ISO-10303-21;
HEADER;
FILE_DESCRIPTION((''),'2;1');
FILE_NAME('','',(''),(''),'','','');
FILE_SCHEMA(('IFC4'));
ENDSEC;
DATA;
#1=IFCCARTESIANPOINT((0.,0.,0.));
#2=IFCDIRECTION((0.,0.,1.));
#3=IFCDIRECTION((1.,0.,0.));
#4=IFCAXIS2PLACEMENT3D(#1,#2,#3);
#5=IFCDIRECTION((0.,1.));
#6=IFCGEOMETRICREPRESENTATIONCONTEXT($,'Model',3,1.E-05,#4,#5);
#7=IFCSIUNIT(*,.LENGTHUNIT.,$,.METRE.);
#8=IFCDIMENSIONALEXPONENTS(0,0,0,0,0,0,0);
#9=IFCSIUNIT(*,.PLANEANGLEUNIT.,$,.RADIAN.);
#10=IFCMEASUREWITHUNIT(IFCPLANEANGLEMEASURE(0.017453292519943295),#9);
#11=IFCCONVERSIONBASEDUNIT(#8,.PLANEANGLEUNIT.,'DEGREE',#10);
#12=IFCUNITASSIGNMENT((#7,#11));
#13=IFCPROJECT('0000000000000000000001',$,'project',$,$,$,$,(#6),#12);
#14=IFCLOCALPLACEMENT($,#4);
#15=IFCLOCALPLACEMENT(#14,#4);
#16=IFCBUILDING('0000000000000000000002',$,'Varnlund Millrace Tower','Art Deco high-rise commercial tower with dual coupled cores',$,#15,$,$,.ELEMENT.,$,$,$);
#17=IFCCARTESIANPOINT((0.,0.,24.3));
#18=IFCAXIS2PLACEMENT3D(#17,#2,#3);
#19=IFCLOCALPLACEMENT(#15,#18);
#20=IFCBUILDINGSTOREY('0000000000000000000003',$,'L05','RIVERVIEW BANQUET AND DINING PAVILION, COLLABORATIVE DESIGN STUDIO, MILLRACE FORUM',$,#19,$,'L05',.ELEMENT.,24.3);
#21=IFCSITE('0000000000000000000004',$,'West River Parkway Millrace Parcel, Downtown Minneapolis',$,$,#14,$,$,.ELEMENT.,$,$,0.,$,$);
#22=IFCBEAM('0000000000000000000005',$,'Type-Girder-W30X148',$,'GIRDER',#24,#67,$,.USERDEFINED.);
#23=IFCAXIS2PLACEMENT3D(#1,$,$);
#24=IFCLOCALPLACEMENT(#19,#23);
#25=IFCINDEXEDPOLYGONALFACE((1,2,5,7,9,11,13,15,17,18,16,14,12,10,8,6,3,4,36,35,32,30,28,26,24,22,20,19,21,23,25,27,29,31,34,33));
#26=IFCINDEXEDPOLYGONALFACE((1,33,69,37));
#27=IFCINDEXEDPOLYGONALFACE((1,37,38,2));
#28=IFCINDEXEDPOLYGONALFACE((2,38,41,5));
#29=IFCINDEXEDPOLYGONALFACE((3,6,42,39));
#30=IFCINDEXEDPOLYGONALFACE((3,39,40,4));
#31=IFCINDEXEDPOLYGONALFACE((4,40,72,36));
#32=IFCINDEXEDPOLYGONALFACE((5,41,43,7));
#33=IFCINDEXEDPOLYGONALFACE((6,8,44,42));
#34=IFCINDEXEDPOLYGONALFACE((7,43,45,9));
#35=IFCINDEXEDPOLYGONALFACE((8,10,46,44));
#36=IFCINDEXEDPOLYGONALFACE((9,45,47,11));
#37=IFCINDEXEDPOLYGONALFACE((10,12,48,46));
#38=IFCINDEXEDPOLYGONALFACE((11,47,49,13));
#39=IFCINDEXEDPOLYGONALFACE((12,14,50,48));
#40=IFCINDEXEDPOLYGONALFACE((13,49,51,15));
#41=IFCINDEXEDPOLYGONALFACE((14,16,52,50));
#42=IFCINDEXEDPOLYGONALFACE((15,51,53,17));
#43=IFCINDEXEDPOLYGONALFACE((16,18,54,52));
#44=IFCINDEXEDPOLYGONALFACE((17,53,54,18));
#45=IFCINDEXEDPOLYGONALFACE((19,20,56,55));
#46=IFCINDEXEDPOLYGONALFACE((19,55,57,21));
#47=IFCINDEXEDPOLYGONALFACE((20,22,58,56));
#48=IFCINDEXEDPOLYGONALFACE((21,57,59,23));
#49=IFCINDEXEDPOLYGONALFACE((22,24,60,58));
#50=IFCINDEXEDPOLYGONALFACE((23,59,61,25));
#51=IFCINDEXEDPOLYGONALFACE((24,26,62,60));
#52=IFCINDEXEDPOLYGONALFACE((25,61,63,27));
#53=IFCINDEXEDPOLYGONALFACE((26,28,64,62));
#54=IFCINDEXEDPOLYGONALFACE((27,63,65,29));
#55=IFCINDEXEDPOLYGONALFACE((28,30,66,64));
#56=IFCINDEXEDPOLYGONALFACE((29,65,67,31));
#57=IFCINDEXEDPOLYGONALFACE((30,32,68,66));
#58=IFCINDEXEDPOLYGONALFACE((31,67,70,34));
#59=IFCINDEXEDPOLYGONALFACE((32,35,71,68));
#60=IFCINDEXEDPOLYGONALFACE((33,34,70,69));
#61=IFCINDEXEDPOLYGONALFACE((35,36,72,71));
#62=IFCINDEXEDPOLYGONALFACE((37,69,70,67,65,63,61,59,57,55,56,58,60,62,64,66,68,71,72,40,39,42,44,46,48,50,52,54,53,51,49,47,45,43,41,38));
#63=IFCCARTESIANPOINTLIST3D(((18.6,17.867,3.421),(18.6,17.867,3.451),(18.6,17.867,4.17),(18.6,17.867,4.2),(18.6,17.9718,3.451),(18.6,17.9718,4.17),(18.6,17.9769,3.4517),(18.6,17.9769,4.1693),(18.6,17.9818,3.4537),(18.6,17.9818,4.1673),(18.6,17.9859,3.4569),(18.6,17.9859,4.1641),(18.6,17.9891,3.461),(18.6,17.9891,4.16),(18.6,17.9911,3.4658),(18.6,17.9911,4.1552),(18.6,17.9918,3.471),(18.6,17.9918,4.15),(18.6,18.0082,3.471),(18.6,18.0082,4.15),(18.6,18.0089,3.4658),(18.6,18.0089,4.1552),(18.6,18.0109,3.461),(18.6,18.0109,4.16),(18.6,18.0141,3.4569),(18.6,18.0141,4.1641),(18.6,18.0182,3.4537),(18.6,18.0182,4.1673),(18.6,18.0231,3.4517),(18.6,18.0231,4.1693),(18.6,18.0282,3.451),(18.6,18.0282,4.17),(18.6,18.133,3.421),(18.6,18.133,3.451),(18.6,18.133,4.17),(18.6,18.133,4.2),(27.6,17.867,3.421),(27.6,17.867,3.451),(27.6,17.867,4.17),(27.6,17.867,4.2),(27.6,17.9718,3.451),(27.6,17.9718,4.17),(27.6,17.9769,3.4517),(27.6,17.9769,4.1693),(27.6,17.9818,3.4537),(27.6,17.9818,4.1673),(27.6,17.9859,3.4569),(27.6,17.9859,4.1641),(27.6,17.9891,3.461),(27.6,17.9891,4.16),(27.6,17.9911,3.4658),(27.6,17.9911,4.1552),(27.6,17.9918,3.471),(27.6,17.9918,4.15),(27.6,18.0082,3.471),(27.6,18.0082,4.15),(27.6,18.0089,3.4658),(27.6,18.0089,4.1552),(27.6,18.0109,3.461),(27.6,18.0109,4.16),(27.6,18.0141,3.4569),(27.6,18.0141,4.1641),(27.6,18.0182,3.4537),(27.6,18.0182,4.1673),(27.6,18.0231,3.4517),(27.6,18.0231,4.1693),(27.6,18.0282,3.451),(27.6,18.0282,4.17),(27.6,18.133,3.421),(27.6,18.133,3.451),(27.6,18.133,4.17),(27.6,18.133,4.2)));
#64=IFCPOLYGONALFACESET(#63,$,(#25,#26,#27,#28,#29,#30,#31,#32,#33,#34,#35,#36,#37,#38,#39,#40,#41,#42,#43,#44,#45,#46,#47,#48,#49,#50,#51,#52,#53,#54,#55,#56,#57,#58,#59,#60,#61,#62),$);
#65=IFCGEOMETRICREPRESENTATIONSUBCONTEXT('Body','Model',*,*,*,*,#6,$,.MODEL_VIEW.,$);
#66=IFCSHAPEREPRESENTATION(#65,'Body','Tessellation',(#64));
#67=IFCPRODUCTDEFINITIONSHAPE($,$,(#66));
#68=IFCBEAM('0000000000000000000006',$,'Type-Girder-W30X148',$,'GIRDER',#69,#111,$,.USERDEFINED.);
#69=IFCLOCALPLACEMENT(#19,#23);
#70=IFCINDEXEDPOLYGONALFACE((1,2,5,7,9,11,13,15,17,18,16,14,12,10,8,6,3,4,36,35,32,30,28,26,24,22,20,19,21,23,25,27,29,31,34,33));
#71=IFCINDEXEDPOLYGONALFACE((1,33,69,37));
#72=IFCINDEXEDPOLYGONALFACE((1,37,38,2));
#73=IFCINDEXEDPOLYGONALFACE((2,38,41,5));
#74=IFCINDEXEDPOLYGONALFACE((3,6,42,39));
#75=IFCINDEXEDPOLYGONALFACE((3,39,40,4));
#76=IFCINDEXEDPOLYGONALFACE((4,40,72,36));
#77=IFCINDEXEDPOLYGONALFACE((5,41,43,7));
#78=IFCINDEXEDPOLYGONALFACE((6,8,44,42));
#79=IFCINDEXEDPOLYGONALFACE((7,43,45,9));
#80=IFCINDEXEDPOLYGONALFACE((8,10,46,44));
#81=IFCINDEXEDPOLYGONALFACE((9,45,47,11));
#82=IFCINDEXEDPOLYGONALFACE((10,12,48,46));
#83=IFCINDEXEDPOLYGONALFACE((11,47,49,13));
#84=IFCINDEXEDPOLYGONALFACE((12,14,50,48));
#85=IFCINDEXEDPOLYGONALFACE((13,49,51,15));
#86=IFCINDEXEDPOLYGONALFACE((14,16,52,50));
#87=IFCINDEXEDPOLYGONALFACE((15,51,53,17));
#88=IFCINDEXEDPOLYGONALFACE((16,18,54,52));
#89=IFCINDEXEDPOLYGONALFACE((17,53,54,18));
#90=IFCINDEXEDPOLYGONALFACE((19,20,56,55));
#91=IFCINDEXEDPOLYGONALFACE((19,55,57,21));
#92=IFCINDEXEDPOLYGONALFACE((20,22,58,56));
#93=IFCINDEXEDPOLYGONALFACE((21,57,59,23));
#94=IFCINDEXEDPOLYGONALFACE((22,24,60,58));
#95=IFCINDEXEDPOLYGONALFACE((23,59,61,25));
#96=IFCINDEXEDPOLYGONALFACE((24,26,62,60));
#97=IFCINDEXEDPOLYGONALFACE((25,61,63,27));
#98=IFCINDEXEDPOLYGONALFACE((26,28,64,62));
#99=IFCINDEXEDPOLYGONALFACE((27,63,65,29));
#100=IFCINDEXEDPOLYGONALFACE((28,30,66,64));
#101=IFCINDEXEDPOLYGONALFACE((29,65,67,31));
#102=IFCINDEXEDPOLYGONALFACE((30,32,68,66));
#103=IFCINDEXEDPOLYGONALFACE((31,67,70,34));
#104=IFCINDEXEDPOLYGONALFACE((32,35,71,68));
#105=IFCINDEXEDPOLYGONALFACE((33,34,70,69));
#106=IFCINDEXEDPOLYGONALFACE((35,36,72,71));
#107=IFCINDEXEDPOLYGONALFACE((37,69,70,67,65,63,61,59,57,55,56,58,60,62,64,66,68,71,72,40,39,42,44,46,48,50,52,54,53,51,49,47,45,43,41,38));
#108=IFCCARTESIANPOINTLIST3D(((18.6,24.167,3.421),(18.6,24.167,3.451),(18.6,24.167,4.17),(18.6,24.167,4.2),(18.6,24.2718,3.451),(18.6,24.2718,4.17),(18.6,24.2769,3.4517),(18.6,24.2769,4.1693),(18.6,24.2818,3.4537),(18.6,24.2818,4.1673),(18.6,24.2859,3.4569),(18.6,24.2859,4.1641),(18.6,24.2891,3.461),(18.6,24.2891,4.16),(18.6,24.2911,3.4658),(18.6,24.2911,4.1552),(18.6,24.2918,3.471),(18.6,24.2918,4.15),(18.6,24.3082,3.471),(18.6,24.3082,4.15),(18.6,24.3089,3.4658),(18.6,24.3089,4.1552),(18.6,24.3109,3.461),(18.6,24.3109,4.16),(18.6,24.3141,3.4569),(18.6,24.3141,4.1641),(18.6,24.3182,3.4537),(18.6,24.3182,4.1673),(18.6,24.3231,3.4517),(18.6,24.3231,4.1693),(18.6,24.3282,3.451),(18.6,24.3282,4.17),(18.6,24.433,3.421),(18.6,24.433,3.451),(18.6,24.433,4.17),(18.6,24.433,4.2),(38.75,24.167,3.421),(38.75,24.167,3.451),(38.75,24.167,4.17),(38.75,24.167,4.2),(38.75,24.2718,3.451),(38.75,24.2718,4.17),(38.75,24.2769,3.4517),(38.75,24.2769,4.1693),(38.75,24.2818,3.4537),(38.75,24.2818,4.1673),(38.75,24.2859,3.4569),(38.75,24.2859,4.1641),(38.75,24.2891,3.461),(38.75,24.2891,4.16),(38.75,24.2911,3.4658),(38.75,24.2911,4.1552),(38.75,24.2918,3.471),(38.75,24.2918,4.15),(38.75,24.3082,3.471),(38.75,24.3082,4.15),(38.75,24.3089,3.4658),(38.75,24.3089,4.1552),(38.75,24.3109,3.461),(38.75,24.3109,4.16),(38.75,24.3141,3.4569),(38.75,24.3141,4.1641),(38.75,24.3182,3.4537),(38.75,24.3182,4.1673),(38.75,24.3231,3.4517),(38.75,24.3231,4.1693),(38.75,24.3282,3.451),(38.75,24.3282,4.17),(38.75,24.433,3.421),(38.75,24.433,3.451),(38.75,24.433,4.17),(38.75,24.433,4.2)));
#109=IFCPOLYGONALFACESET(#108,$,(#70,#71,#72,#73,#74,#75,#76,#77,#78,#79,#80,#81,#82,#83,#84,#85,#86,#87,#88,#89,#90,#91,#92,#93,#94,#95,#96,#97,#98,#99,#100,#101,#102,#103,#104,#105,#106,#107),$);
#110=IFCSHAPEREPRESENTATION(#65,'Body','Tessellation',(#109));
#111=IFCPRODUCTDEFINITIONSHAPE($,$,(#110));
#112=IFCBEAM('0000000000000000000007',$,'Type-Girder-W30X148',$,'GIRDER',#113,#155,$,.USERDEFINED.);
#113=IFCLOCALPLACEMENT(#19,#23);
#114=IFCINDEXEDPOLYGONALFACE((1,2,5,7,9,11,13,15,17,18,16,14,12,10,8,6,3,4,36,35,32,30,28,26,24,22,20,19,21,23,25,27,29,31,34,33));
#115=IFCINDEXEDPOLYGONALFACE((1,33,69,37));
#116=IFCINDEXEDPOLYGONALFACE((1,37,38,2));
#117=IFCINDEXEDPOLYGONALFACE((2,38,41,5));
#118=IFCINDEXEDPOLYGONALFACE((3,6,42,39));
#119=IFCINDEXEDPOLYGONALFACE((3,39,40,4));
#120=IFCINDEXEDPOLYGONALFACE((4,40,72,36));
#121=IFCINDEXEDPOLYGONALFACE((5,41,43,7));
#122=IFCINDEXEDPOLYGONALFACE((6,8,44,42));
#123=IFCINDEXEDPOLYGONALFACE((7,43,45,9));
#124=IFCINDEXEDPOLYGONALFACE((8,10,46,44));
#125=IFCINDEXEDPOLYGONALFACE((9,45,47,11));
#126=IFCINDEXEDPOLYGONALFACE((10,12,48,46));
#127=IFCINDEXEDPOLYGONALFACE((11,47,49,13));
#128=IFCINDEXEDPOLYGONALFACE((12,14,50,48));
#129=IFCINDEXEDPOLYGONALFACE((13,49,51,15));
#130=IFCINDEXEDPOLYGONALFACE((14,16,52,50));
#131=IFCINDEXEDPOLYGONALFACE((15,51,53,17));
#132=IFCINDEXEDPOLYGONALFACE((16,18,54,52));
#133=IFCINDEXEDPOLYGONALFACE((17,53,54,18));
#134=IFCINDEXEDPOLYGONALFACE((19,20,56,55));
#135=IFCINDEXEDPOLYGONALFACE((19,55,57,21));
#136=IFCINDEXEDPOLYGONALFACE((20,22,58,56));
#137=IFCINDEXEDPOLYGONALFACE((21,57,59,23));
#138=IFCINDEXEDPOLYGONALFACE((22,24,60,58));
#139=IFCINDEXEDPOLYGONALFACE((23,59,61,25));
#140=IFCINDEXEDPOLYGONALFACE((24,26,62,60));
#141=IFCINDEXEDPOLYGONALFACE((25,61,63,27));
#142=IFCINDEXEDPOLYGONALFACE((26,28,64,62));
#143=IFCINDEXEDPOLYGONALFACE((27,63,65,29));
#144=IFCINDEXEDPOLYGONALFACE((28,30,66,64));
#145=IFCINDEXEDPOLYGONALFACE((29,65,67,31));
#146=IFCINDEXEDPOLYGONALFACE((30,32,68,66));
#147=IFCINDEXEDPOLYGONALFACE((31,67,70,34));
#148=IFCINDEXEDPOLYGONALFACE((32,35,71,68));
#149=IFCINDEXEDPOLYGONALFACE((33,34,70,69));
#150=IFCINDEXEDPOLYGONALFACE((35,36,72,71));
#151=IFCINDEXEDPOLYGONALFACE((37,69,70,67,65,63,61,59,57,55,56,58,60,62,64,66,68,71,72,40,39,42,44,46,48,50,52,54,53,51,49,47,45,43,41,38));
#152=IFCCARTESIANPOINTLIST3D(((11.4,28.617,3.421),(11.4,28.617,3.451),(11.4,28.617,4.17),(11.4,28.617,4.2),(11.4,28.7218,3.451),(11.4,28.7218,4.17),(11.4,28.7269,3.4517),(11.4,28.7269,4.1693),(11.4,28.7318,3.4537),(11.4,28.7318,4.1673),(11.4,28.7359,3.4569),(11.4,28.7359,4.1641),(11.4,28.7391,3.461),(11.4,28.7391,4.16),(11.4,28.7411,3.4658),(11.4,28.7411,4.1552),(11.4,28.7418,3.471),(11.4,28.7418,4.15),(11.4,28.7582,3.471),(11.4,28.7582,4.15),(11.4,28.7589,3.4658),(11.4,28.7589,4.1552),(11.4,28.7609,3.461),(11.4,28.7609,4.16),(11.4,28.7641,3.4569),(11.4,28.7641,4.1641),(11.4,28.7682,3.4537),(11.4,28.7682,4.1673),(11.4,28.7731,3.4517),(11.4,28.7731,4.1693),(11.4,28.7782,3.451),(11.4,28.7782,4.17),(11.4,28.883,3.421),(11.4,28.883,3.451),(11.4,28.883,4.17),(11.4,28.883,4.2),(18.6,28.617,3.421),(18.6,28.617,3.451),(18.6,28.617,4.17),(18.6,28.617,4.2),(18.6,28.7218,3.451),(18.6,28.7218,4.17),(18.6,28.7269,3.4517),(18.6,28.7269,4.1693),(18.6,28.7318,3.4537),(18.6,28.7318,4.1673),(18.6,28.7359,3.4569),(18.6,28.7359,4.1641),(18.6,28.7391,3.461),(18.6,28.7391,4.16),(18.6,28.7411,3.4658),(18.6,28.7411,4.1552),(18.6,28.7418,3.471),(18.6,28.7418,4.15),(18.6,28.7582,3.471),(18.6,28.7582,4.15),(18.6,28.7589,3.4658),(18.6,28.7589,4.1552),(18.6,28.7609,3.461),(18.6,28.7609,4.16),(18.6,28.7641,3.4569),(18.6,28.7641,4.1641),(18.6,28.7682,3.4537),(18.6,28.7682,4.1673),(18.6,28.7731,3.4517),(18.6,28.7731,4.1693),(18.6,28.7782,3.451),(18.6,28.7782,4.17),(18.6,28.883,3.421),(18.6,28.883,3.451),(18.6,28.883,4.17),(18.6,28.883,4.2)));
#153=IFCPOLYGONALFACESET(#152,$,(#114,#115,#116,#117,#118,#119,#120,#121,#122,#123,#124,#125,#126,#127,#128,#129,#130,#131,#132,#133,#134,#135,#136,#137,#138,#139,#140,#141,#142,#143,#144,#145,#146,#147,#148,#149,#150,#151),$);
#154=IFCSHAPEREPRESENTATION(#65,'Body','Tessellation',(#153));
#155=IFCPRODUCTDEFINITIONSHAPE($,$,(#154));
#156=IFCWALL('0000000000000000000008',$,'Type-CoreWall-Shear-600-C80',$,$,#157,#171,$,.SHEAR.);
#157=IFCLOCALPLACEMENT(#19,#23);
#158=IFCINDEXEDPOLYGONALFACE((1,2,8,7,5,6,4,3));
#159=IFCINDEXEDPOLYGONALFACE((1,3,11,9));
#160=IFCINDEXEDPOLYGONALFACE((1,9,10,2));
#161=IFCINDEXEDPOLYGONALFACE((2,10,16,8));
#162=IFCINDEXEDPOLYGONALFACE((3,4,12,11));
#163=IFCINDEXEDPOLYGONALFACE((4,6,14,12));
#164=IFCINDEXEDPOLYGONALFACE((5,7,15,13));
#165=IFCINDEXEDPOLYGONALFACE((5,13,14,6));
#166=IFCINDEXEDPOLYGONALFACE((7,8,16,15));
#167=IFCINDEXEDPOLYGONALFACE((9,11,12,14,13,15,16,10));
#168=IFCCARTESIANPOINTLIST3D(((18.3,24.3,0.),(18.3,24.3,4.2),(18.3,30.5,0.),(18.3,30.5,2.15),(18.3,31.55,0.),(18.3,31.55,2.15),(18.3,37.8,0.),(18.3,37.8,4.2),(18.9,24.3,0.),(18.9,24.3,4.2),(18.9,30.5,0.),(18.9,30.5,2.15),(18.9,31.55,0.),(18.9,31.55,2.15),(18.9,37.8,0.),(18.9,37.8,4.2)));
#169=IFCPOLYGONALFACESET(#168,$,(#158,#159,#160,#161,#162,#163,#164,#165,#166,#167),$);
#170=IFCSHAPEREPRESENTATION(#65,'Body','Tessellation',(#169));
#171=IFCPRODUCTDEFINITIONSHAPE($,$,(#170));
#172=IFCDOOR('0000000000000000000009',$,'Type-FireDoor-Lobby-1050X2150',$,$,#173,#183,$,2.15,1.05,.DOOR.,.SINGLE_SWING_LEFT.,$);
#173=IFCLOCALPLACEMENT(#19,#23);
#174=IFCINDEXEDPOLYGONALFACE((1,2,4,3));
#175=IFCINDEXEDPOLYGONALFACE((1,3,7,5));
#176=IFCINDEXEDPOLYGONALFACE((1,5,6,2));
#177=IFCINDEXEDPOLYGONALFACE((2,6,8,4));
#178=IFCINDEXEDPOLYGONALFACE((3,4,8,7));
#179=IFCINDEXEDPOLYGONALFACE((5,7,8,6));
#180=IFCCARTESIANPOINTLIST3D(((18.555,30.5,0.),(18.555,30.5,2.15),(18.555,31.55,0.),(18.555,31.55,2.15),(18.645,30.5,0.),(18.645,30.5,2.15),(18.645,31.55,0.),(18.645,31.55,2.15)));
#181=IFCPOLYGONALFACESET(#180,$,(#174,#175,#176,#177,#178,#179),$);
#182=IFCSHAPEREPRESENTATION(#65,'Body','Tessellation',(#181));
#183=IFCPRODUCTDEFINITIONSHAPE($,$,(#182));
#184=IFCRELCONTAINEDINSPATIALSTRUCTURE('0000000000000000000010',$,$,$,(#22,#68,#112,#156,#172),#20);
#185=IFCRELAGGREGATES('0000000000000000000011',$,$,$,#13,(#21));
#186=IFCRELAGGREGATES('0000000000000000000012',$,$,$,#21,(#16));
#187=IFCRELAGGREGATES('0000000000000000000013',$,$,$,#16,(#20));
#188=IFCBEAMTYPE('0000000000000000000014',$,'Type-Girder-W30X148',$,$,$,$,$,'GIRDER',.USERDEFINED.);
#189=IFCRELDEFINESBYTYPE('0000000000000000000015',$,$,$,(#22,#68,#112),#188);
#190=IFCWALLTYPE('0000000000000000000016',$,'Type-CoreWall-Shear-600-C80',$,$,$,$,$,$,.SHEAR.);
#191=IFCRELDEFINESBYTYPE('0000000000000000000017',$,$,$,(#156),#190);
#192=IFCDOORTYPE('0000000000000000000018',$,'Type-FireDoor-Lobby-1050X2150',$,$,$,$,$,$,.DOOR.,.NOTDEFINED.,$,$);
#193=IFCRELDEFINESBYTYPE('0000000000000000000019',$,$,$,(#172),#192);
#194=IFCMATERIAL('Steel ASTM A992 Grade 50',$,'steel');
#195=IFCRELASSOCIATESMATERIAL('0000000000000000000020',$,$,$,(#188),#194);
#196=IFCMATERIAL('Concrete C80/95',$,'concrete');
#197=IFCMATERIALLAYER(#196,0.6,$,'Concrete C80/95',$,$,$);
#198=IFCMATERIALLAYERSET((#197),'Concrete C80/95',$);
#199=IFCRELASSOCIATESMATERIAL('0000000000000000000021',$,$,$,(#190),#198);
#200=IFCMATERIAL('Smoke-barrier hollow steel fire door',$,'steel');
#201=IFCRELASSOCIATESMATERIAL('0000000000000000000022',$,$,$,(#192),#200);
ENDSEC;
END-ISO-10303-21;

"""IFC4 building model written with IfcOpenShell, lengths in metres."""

from ifc_helpers import new_model, entity, si_unit, converted_unit, direction, frame, origin_with_axes, origin_2d_with_axis, place, context, subcontext, project, spatial, polyline, rectangle, i_section, outline, extrude, material, layer, layer_set, material_profile, profile_set, type_object, element, fill, save


model = new_model("IFC4")

# Units and contexts
model_context = context("Model", 3, precision=1e-05, world=origin_with_axes(), true_north=direction((0.0, 1.0)))
body_context = subcontext(model_context, "Body", "Model", "MODEL_VIEW")
ifc_project = project(units=[si_unit("LENGTHUNIT", "METRE"), converted_unit("PLANEANGLEUNIT", "DEGREE", entity("IfcPlaneAngleMeasure", 0.017453292519943295), si_unit("PLANEANGLEUNIT", "RADIAN"), dimensions=[0, 0, 0, 0, 0, 0, 0])], contexts=[model_context])

# Site, building, storey
site_placement = place(None, origin_with_axes())
site = spatial("IfcSite", under=ifc_project, at=site_placement, Name="West River Parkway Millrace Parcel, Downtown Minneapolis", CompositionType="ELEMENT", RefElevation=0.0)
building_placement = place(site_placement, origin_with_axes())
building = spatial("IfcBuilding", under=site, at=building_placement, Name="Varnlund Millrace Tower", Description="Art Deco high-rise commercial tower with dual coupled cores", CompositionType="ELEMENT")
storey_placement = place(building_placement, frame((0.0, 0.0, 24.3), z_axis=(0.0, 0.0, 1.0), x_axis=(1.0, 0.0, 0.0)))
storey = spatial("IfcBuildingStorey", under=building, at=storey_placement, Name="L05", Description="RIVERVIEW BANQUET AND DINING PAVILION, COLLABORATIVE DESIGN STUDIO, MILLRACE FORUM", LongName="L05", CompositionType="ELEMENT", Elevation=24.3)

# Shared definitions
ifc_material_1 = material(Name="Concrete C80/95", Category="concrete")

# Beams
ifc_material_2 = material(Name="Steel ASTM A992 Grade 50", Category="steel")
ifc_material_profile_1 = material_profile(ifc_material_2, i_section(OverallWidth=0.266, OverallDepth=0.779, WebThickness=0.0165, FlangeThickness=0.03, FilletRadius=0.02, at=origin_2d_with_axis()), Name="Steel ASTM A992 Grade 50")
ifc_profile_set_1 = profile_set([ifc_material_profile_1], Name="Steel ASTM A992 Grade 50")
beam_type_1 = type_object("IfcBeamType", Name="Type-Girder-W30X148", ElementType="GIRDER", PredefinedType="USERDEFINED", material=ifc_profile_set_1)
beam_1_placement = place(storey_placement, frame((18.6, 18.0, 3.8105), z_axis=(1.0, 0.0, 0.0), x_axis=(0.0, 1.0, 0.0)))
element("IfcBeam", 1, at=beam_1_placement, inside=storey, type_object=beam_type_1, Name="Type-Girder-W30X148", ObjectType="GIRDER", PredefinedType="USERDEFINED", context=body_context, shape_type="SweptSolid", body=[
    extrude(i_section(OverallWidth=0.266, OverallDepth=0.779, WebThickness=0.0165, FlangeThickness=0.03, FilletRadius=0.02, at=origin_2d_with_axis()), origin_with_axes(), (0.0, 0.0, 1.0), 9.0),
])
beam_2_placement = place(storey_placement, frame((18.6, 24.3, 3.8105), z_axis=(1.0, 0.0, 0.0), x_axis=(0.0, 1.0, 0.0)))
element("IfcBeam", 2, at=beam_2_placement, inside=storey, type_object=beam_type_1, Name="Type-Girder-W30X148", ObjectType="GIRDER", PredefinedType="USERDEFINED", context=body_context, shape_type="SweptSolid", body=[
    extrude(i_section(OverallWidth=0.266, OverallDepth=0.779, WebThickness=0.0165, FlangeThickness=0.03, FilletRadius=0.02, at=origin_2d_with_axis()), origin_with_axes(), (0.0, 0.0, 1.0), 20.15),
])
beam_3_placement = place(storey_placement, frame((11.4, 28.75, 3.8105), z_axis=(1.0, 0.0, 0.0), x_axis=(0.0, 1.0, 0.0)))
element("IfcBeam", 3, at=beam_3_placement, inside=storey, type_object=beam_type_1, Name="Type-Girder-W30X148", ObjectType="GIRDER", PredefinedType="USERDEFINED", context=body_context, shape_type="SweptSolid", body=[
    extrude(i_section(OverallWidth=0.266, OverallDepth=0.779, WebThickness=0.0165, FlangeThickness=0.03, FilletRadius=0.02, at=origin_2d_with_axis()), origin_with_axes(), (0.0, 0.0, 1.0), 7.2),
])

# Wall, opening, door
ifc_layer_1 = layer(ifc_material_1, 0.6, Name="Concrete C80/95")
ifc_layer_set_1 = layer_set([ifc_layer_1], Name="Concrete C80/95")
wall_type_1 = type_object("IfcWallType", Name="Type-CoreWall-Shear-600-C80", PredefinedType="SHEAR", material=ifc_layer_set_1)
wall_1_placement = place(storey_placement, frame((18.6, 24.3, 0.0), z_axis=(0.0, 0.0, 1.0), x_axis=(0.0, 1.0, 0.0)))
wall_1 = element("IfcWall", 4, at=wall_1_placement, inside=storey, type_object=wall_type_1, Name="Type-CoreWall-Shear-600-C80", PredefinedType="SHEAR", context=body_context, shape_type="SweptSolid", body=[
    extrude(outline(polyline([(0.0, -0.3), (13.5, -0.3), (13.5, 0.3), (0.0, 0.3), (0.0, -0.3)])), origin_with_axes(), (0.0, 0.0, 1.0), 4.2),
])
opening_1_placement = place(wall_1_placement, frame((6.725, 0.0, 0.0), z_axis=(0.0, 0.0, 1.0), x_axis=(1.0, 0.0, 0.0)))
opening_1 = element("IfcOpeningElement", 5, at=opening_1_placement, cuts=wall_1, PredefinedType="OPENING", context=body_context, shape_type="SweptSolid", body=[
    extrude(rectangle(XDim=1.05, YDim=0.62, at=origin_2d_with_axis()), origin_with_axes(), (0.0, 0.0, 1.0), 2.15),
])
ifc_material_3 = material(Name="Smoke-barrier hollow steel fire door", Category="steel")
door_type_1 = type_object("IfcDoorType", Name="Type-FireDoor-Lobby-1050X2150", OperationType="NOTDEFINED", PredefinedType="DOOR", material=ifc_material_3)
door_1_placement = place(wall_1_placement, frame((6.725, 0.0, 0.0), z_axis=(0.0, 0.0, 1.0), x_axis=(1.0, 0.0, 0.0)))
door_1 = element("IfcDoor", 6, at=door_1_placement, inside=storey, type_object=door_type_1, Name="Type-FireDoor-Lobby-1050X2150", OperationType="SINGLE_SWING_LEFT", OverallHeight=2.15, OverallWidth=1.05, PredefinedType="DOOR", context=body_context, shape_type="SweptSolid", body=[
    extrude(rectangle(XDim=1.05, YDim=0.09, at=origin_2d_with_axis()), origin_with_axes(), (0.0, 0.0, 1.0), 2.15),
])
fill(opening_1, door_1)

save(model, "model.ifc")
